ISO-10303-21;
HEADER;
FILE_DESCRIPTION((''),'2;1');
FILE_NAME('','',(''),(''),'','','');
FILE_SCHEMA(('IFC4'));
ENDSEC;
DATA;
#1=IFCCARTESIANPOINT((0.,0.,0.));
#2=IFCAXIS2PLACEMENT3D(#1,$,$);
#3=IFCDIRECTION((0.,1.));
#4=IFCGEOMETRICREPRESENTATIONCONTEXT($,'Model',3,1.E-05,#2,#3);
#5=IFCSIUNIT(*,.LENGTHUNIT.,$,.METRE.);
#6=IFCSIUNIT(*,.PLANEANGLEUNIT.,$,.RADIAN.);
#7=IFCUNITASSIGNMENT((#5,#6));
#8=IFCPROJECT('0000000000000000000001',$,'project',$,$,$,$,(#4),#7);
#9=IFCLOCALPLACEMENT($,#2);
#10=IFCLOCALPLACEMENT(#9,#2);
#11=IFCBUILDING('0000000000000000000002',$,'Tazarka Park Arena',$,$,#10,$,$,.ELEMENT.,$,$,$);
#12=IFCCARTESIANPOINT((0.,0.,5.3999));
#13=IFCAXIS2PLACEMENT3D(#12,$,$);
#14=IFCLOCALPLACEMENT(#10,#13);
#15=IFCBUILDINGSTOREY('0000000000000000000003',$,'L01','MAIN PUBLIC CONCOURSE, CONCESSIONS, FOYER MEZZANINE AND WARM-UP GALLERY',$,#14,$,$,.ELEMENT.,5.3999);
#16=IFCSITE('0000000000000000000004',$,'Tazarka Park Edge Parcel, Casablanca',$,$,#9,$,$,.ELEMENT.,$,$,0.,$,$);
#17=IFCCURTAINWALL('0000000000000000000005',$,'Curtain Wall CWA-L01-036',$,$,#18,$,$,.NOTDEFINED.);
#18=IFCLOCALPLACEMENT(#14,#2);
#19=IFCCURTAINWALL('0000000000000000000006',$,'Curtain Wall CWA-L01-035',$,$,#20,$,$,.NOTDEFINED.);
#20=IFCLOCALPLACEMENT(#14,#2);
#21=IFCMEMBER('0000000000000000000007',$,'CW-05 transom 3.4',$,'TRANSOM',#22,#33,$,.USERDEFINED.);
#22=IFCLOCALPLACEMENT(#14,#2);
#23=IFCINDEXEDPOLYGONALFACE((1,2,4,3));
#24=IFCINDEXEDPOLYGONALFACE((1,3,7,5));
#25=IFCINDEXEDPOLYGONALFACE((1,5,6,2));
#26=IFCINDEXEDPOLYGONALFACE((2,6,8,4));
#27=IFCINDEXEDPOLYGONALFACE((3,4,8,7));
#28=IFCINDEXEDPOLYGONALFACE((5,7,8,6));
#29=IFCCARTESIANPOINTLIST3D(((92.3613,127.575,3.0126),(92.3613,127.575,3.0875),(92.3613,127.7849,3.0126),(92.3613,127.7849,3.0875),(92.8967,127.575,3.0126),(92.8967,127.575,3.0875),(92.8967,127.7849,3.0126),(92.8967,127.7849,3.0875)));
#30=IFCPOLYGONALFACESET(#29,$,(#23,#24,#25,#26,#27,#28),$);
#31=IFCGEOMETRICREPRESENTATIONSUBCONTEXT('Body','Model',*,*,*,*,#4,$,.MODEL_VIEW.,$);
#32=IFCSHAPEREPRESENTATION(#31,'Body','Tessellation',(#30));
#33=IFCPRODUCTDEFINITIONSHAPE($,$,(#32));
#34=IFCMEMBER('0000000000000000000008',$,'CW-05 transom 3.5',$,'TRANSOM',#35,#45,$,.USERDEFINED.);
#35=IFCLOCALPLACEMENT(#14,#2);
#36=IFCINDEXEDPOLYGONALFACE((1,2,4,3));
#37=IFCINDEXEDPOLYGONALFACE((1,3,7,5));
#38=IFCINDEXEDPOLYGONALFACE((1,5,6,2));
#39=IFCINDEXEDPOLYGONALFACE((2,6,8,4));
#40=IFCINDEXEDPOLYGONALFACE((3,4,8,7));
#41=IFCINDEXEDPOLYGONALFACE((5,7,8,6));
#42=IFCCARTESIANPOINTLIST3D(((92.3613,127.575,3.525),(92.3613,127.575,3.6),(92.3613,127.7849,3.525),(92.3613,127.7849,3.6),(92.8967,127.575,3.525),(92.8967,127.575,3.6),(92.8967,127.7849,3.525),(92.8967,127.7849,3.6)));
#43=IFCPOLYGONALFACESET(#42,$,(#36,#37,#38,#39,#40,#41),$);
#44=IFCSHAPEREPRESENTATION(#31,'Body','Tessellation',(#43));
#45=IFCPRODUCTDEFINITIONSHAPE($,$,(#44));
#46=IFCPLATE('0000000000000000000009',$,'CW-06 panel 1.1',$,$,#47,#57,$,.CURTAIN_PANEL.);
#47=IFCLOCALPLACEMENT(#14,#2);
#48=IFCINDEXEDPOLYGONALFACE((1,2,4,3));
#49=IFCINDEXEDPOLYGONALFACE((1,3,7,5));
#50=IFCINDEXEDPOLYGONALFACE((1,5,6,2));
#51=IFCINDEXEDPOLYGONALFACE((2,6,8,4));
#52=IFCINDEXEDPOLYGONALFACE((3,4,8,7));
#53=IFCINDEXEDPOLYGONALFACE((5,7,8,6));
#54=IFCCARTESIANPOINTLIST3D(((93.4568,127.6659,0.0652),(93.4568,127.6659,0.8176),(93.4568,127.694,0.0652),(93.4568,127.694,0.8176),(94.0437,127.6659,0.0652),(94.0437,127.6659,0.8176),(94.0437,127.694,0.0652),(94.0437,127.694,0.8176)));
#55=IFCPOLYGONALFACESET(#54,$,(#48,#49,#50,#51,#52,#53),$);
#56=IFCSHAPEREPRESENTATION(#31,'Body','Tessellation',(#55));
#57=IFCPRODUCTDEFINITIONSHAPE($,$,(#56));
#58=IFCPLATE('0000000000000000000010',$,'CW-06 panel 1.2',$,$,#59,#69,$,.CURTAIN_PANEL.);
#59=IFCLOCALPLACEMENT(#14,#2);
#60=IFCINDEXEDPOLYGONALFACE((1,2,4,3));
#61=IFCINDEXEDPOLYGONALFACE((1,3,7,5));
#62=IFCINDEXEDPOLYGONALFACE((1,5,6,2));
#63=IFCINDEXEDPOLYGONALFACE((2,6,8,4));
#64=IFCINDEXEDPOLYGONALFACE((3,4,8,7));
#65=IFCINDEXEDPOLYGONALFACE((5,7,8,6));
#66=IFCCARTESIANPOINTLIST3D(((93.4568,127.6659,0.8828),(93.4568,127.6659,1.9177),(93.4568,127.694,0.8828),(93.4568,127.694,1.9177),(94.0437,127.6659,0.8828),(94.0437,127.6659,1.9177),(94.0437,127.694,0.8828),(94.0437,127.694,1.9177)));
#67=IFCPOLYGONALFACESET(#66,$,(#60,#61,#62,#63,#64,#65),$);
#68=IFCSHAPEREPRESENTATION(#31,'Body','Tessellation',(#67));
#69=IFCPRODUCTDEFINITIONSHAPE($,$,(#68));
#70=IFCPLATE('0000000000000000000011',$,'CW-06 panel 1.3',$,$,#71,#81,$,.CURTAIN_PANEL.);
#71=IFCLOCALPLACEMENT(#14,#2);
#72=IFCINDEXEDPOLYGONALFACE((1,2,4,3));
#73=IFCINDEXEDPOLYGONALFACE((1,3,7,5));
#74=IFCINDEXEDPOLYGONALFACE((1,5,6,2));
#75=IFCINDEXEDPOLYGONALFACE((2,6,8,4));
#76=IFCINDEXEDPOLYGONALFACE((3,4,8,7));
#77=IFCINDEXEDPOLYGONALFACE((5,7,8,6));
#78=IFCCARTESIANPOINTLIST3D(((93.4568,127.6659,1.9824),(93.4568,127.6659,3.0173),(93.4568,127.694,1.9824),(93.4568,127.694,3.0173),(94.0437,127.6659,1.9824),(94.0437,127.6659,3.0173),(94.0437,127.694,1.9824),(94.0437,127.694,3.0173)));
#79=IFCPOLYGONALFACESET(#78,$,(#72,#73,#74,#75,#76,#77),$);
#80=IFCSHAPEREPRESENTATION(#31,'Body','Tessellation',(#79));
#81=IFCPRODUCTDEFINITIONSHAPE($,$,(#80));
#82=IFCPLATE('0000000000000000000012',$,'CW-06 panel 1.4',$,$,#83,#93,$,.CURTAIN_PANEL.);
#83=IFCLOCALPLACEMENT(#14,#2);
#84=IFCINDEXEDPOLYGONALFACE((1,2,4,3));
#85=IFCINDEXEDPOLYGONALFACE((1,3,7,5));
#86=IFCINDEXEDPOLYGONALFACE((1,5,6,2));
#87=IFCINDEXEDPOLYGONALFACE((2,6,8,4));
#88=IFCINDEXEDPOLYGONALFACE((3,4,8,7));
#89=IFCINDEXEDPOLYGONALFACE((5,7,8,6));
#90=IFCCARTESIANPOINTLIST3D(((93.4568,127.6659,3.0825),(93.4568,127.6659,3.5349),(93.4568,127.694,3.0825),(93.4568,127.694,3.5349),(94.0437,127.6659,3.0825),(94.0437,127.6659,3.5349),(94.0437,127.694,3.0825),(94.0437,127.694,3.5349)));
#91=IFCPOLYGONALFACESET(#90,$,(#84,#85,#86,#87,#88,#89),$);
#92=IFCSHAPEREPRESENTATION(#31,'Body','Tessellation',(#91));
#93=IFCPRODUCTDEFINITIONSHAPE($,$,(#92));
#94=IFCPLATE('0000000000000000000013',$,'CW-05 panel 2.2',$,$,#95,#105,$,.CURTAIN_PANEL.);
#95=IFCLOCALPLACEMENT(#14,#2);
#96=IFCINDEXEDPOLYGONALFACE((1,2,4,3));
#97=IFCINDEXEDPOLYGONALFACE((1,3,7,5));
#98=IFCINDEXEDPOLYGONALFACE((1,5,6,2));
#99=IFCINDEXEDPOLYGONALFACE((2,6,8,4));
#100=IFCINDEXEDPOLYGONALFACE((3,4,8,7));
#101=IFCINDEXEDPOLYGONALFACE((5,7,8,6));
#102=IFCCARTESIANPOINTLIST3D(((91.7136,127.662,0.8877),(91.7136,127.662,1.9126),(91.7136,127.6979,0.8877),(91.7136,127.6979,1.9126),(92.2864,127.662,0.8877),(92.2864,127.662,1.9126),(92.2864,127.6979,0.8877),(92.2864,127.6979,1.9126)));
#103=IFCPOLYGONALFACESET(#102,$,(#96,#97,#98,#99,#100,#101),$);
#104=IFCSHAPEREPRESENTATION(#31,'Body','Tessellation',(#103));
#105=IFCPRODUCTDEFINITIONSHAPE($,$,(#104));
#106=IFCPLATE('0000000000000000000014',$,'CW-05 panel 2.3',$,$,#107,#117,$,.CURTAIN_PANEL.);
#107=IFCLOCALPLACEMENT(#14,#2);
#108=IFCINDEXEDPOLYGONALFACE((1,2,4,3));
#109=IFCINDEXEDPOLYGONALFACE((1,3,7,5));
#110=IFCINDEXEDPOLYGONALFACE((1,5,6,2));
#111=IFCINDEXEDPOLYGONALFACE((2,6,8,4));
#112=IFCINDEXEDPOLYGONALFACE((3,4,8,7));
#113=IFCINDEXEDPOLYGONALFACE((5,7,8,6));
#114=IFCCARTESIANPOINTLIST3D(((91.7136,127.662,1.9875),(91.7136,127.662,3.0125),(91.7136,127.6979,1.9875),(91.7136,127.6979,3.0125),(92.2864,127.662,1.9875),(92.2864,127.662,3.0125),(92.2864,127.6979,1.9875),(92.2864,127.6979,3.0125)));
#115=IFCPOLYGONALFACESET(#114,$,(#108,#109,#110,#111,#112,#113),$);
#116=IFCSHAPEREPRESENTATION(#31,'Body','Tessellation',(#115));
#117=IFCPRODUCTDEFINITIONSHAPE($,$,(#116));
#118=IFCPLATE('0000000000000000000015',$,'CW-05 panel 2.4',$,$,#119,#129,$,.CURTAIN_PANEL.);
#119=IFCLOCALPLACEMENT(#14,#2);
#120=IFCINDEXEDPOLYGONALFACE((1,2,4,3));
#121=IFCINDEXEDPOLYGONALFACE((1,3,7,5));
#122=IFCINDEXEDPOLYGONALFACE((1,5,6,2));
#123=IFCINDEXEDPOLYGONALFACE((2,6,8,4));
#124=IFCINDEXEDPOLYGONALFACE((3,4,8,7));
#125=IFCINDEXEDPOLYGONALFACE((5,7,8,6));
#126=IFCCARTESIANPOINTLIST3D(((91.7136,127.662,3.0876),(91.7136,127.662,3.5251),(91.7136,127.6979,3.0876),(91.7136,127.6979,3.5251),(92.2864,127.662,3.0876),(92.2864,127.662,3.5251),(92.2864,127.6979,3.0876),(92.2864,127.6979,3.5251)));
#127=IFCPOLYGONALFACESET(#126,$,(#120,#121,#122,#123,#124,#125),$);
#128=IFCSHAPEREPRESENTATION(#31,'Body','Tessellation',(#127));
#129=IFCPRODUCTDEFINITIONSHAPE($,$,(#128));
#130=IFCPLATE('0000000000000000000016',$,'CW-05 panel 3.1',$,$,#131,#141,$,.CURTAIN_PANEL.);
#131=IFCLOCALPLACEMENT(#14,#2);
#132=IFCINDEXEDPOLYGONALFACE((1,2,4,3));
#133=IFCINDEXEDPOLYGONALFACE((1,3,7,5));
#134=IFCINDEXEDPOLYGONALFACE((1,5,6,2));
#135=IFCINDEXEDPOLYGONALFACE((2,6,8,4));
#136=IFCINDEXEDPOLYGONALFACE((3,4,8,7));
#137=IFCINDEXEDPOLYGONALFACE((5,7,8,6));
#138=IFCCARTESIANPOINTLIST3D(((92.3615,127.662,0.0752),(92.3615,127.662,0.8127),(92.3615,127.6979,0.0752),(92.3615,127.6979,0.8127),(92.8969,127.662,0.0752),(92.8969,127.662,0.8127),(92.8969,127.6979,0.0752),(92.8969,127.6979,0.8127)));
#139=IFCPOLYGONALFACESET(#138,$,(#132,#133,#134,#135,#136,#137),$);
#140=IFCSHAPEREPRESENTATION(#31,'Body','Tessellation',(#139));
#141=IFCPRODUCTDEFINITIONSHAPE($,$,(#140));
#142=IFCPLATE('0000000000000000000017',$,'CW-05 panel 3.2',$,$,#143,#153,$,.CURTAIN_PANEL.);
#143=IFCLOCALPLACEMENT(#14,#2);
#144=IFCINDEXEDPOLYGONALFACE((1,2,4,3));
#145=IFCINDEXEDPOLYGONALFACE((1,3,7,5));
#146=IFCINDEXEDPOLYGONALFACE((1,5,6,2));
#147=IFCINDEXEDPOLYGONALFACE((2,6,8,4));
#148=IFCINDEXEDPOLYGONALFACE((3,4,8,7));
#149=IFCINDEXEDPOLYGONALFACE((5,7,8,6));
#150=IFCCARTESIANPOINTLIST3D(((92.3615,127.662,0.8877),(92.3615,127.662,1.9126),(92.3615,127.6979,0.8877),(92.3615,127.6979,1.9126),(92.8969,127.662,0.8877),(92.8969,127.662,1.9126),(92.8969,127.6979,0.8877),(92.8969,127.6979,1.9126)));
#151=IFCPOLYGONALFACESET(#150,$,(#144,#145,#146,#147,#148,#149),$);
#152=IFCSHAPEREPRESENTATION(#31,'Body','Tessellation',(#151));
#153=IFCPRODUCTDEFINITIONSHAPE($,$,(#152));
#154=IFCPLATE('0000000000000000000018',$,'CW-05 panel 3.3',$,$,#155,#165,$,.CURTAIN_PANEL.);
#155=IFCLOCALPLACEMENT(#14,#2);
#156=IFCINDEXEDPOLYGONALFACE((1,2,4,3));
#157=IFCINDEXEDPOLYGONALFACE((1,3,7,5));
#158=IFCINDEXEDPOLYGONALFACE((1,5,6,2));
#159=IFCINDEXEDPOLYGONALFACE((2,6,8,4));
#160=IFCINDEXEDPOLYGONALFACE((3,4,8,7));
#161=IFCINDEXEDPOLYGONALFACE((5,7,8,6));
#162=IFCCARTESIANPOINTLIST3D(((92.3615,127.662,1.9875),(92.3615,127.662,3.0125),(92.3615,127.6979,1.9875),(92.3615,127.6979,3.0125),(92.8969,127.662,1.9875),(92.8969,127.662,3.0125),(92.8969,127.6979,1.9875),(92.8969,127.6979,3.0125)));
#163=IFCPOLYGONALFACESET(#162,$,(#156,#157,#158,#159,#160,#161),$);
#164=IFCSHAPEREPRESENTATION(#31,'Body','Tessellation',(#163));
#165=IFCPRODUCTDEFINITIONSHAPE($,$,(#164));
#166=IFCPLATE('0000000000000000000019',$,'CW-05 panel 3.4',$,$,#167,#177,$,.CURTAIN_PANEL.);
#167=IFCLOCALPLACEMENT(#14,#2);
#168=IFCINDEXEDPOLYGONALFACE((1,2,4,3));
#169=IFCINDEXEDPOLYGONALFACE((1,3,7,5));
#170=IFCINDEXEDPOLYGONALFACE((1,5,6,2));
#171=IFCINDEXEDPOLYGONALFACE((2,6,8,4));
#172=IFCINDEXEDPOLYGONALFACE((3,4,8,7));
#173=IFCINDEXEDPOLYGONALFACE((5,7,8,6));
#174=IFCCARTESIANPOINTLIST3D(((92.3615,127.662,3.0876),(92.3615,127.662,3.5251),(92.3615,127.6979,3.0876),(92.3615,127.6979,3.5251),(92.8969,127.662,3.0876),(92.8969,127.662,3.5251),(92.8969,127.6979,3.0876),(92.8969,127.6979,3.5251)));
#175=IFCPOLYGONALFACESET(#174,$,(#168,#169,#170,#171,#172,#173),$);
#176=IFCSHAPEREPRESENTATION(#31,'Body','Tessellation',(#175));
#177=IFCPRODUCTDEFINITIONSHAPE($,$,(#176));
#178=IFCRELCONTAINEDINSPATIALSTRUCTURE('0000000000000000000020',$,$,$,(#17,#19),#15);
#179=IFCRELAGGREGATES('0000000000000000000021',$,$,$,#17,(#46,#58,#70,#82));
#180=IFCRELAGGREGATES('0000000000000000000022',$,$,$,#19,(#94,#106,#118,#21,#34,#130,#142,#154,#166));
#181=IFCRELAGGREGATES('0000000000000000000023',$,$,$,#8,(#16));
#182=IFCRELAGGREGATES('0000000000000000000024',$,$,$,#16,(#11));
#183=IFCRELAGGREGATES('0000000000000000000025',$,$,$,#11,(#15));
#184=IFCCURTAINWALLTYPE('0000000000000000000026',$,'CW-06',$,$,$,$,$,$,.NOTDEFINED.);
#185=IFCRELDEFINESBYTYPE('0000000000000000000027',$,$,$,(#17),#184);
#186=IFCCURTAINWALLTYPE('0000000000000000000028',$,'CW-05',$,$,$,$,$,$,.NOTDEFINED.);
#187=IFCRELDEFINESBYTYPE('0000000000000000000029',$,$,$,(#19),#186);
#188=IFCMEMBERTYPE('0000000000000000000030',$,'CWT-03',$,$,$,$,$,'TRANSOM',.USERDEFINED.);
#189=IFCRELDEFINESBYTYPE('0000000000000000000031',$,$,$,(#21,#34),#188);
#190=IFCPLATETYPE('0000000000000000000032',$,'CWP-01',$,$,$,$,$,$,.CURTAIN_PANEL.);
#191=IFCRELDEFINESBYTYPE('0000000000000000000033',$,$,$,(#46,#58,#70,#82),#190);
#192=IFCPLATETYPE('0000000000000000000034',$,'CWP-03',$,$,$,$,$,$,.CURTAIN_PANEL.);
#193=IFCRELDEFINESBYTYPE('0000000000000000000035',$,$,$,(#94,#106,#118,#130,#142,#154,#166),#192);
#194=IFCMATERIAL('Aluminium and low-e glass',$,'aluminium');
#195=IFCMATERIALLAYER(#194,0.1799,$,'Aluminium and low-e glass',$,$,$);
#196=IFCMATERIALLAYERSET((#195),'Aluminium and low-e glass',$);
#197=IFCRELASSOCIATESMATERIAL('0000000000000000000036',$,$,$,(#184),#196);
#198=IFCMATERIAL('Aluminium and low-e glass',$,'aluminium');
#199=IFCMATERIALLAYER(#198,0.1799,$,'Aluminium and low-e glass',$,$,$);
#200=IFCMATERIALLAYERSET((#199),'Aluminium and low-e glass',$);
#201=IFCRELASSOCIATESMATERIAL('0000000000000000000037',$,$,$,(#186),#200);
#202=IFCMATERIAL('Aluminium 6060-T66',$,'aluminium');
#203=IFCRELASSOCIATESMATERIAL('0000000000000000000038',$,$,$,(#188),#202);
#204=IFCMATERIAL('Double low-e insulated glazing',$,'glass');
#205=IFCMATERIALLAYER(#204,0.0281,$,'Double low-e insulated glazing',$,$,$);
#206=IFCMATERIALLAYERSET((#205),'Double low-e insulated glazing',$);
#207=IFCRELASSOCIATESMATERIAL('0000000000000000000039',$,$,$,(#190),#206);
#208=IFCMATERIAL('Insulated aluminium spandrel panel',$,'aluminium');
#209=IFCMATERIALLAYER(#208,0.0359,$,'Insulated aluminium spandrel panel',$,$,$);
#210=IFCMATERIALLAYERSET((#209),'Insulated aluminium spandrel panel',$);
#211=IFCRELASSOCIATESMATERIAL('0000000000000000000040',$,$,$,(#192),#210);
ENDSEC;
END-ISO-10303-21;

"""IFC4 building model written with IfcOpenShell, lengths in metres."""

from ifc_helpers import new_model, si_unit, direction, frame, origin, origin_2d, place, context, subcontext, project, spatial, rectangle, extrude, material, layer, layer_set, material_profile, profile_set, type_object, element, aggregate, save


model = new_model("IFC4")

# Units and contexts
model_context = context("Model", 3, precision=1e-05, world=origin(), true_north=direction((0.0, 1.0)))
body_context = subcontext(model_context, "Body", "Model", "MODEL_VIEW")
ifc_project = project(units=[si_unit("LENGTHUNIT", "METRE"), si_unit("PLANEANGLEUNIT", "RADIAN")], contexts=[model_context])

# Site, building, storey
site_placement = place(None, origin())
site = spatial("IfcSite", under=ifc_project, at=site_placement, Name="Tazarka Park Edge Parcel, Casablanca", CompositionType="ELEMENT", RefElevation=0.0)
building_placement = place(site_placement, origin())
building = spatial("IfcBuilding", under=site, at=building_placement, Name="Tazarka Park Arena", CompositionType="ELEMENT")
storey_placement = place(building_placement, frame((0.0, 0.0, 5.3999)))
storey = spatial("IfcBuildingStorey", under=building, at=storey_placement, Name="L01", Description="MAIN PUBLIC CONCOURSE, CONCESSIONS, FOYER MEZZANINE AND WARM-UP GALLERY", CompositionType="ELEMENT", Elevation=5.3999)

# Curtain walls
ifc_material_1 = material(Name="Aluminium and low-e glass", Category="aluminium")
ifc_layer_1 = layer(ifc_material_1, 0.1799, Name="Aluminium and low-e glass")
ifc_layer_set_1 = layer_set([ifc_layer_1], Name="Aluminium and low-e glass")
curtain_wall_type_1 = type_object("IfcCurtainWallType", Name="CW-06", PredefinedType="NOTDEFINED", material=ifc_layer_set_1)
curtain_wall_1_placement = place(storey_placement, origin())
curtain_wall_1 = element("IfcCurtainWall", 1, at=curtain_wall_1_placement, inside=storey, type_object=curtain_wall_type_1, Name="Curtain Wall CWA-L01-036", PredefinedType="NOTDEFINED")
ifc_material_2 = material(Name="Aluminium and low-e glass", Category="aluminium")
ifc_layer_2 = layer(ifc_material_2, 0.1799, Name="Aluminium and low-e glass")
ifc_layer_set_2 = layer_set([ifc_layer_2], Name="Aluminium and low-e glass")
curtain_wall_type_2 = type_object("IfcCurtainWallType", Name="CW-05", PredefinedType="NOTDEFINED", material=ifc_layer_set_2)
curtain_wall_2_placement = place(storey_placement, origin())
curtain_wall_2 = element("IfcCurtainWall", 2, at=curtain_wall_2_placement, inside=storey, type_object=curtain_wall_type_2, Name="Curtain Wall CWA-L01-035", PredefinedType="NOTDEFINED")

# Members
ifc_material_3 = material(Name="Aluminium 6060-T66", Category="aluminium")
ifc_material_profile_1 = material_profile(ifc_material_3, rectangle(XDim=0.21, YDim=0.075, at=origin_2d()), Name="Aluminium 6060-T66")
ifc_profile_set_1 = profile_set([ifc_material_profile_1], Name="Aluminium 6060-T66")
member_type_1 = type_object("IfcMemberType", Name="CWT-03", ElementType="TRANSOM", PredefinedType="USERDEFINED", material=ifc_profile_set_1)
member_1_placement = place(storey_placement, frame((92.3613, 127.6799, 3.05), z_axis=(1.0, 0.0, 0.0), x_axis=(0.0, 1.0, 0.0)))
member_1 = element("IfcMember", 3, at=member_1_placement, type_object=member_type_1, Name="CW-05 transom 3.4", ObjectType="TRANSOM", PredefinedType="USERDEFINED", context=body_context, shape_type="SweptSolid", body=[
    extrude(rectangle(XDim=0.21, YDim=0.075, at=origin_2d()), origin(), (0.0, 0.0, 1.0), 0.5354),
])
member_2_placement = place(storey_placement, frame((92.3613, 127.6799, 3.5625), z_axis=(1.0, 0.0, 0.0), x_axis=(0.0, 1.0, 0.0)))
member_2 = element("IfcMember", 4, at=member_2_placement, type_object=member_type_1, Name="CW-05 transom 3.5", ObjectType="TRANSOM", PredefinedType="USERDEFINED", context=body_context, shape_type="SweptSolid", body=[
    extrude(rectangle(XDim=0.21, YDim=0.075, at=origin_2d()), origin(), (0.0, 0.0, 1.0), 0.5354),
])

# Plates
ifc_material_4 = material(Name="Double low-e insulated glazing", Category="glass")
ifc_layer_3 = layer(ifc_material_4, 0.0281, Name="Double low-e insulated glazing")
ifc_layer_set_3 = layer_set([ifc_layer_3], Name="Double low-e insulated glazing")
plate_type_1 = type_object("IfcPlateType", Name="CWP-01", PredefinedType="CURTAIN_PANEL", material=ifc_layer_set_3)
plate_1_placement = place(storey_placement, frame((93.7502, 127.6799, 0.0652), z_axis=(0.0, 0.0, 1.0), x_axis=(1.0, 0.0, 0.0)))
plate_1 = element("IfcPlate", 5, at=plate_1_placement, type_object=plate_type_1, Name="CW-06 panel 1.1", PredefinedType="CURTAIN_PANEL", context=body_context, shape_type="SweptSolid", body=[
    extrude(rectangle(XDim=0.5869, YDim=0.0281, at=origin_2d()), origin(), (0.0, 0.0, 1.0), 0.7524),
])
plate_2_placement = place(storey_placement, frame((93.7502, 127.6799, 0.8828), z_axis=(0.0, 0.0, 1.0), x_axis=(1.0, 0.0, 0.0)))
plate_2 = element("IfcPlate", 6, at=plate_2_placement, type_object=plate_type_1, Name="CW-06 panel 1.2", PredefinedType="CURTAIN_PANEL", context=body_context, shape_type="SweptSolid", body=[
    extrude(rectangle(XDim=0.5869, YDim=0.0281, at=origin_2d()), origin(), (0.0, 0.0, 1.0), 1.0349),
])
plate_3_placement = place(storey_placement, frame((93.7502, 127.6799, 1.9824), z_axis=(0.0, 0.0, 1.0), x_axis=(1.0, 0.0, 0.0)))
plate_3 = element("IfcPlate", 7, at=plate_3_placement, type_object=plate_type_1, Name="CW-06 panel 1.3", PredefinedType="CURTAIN_PANEL", context=body_context, shape_type="SweptSolid", body=[
    extrude(rectangle(XDim=0.5869, YDim=0.0281, at=origin_2d()), origin(), (0.0, 0.0, 1.0), 1.0349),
])
plate_4_placement = place(storey_placement, frame((93.7502, 127.6799, 3.0825), z_axis=(0.0, 0.0, 1.0), x_axis=(1.0, 0.0, 0.0)))
plate_4 = element("IfcPlate", 8, at=plate_4_placement, type_object=plate_type_1, Name="CW-06 panel 1.4", PredefinedType="CURTAIN_PANEL", context=body_context, shape_type="SweptSolid", body=[
    extrude(rectangle(XDim=0.5869, YDim=0.0281, at=origin_2d()), origin(), (0.0, 0.0, 1.0), 0.4524),
])
aggregate(curtain_wall_1, [plate_1, plate_2, plate_3, plate_4])
ifc_material_5 = material(Name="Insulated aluminium spandrel panel", Category="aluminium")
ifc_layer_4 = layer(ifc_material_5, 0.0359, Name="Insulated aluminium spandrel panel")
ifc_layer_set_4 = layer_set([ifc_layer_4], Name="Insulated aluminium spandrel panel")
plate_type_2 = type_object("IfcPlateType", Name="CWP-03", PredefinedType="CURTAIN_PANEL", material=ifc_layer_set_4)
plate_5_placement = place(storey_placement, frame((92.0, 127.6799, 0.8877), z_axis=(0.0, 0.0, 1.0), x_axis=(1.0, 0.0, 0.0)))
plate_5 = element("IfcPlate", 9, at=plate_5_placement, type_object=plate_type_2, Name="CW-05 panel 2.2", PredefinedType="CURTAIN_PANEL", context=body_context, shape_type="SweptSolid", body=[
    extrude(rectangle(XDim=0.5728, YDim=0.0359, at=origin_2d()), origin(), (0.0, 0.0, 1.0), 1.0249),
])
plate_6_placement = place(storey_placement, frame((92.0, 127.6799, 1.9875), z_axis=(0.0, 0.0, 1.0), x_axis=(1.0, 0.0, 0.0)))
plate_6 = element("IfcPlate", 10, at=plate_6_placement, type_object=plate_type_2, Name="CW-05 panel 2.3", PredefinedType="CURTAIN_PANEL", context=body_context, shape_type="SweptSolid", body=[
    extrude(rectangle(XDim=0.5728, YDim=0.0359, at=origin_2d()), origin(), (0.0, 0.0, 1.0), 1.0249),
])
plate_7_placement = place(storey_placement, frame((92.0, 127.6799, 3.0876), z_axis=(0.0, 0.0, 1.0), x_axis=(1.0, 0.0, 0.0)))
plate_7 = element("IfcPlate", 11, at=plate_7_placement, type_object=plate_type_2, Name="CW-05 panel 2.4", PredefinedType="CURTAIN_PANEL", context=body_context, shape_type="SweptSolid", body=[
    extrude(rectangle(XDim=0.5728, YDim=0.0359, at=origin_2d()), origin(), (0.0, 0.0, 1.0), 0.4375),
])
plate_8_placement = place(storey_placement, frame((92.6292, 127.6799, 0.0752), z_axis=(0.0, 0.0, 1.0), x_axis=(1.0, 0.0, 0.0)))
plate_8 = element("IfcPlate", 12, at=plate_8_placement, type_object=plate_type_2, Name="CW-05 panel 3.1", PredefinedType="CURTAIN_PANEL", context=body_context, shape_type="SweptSolid", body=[
    extrude(rectangle(XDim=0.5354, YDim=0.0359, at=origin_2d()), origin(), (0.0, 0.0, 1.0), 0.7375),
])
plate_9_placement = place(storey_placement, frame((92.6292, 127.6799, 0.8877), z_axis=(0.0, 0.0, 1.0), x_axis=(1.0, 0.0, 0.0)))
plate_9 = element("IfcPlate", 13, at=plate_9_placement, type_object=plate_type_2, Name="CW-05 panel 3.2", PredefinedType="CURTAIN_PANEL", context=body_context, shape_type="SweptSolid", body=[
    extrude(rectangle(XDim=0.5354, YDim=0.0359, at=origin_2d()), origin(), (0.0, 0.0, 1.0), 1.0249),
])
plate_10_placement = place(storey_placement, frame((92.6292, 127.6799, 1.9875), z_axis=(0.0, 0.0, 1.0), x_axis=(1.0, 0.0, 0.0)))
plate_10 = element("IfcPlate", 14, at=plate_10_placement, type_object=plate_type_2, Name="CW-05 panel 3.3", PredefinedType="CURTAIN_PANEL", context=body_context, shape_type="SweptSolid", body=[
    extrude(rectangle(XDim=0.5354, YDim=0.0359, at=origin_2d()), origin(), (0.0, 0.0, 1.0), 1.0249),
])
plate_11_placement = place(storey_placement, frame((92.6292, 127.6799, 3.0876), z_axis=(0.0, 0.0, 1.0), x_axis=(1.0, 0.0, 0.0)))
plate_11 = element("IfcPlate", 15, at=plate_11_placement, type_object=plate_type_2, Name="CW-05 panel 3.4", PredefinedType="CURTAIN_PANEL", context=body_context, shape_type="SweptSolid", body=[
    extrude(rectangle(XDim=0.5354, YDim=0.0359, at=origin_2d()), origin(), (0.0, 0.0, 1.0), 0.4375),
])
aggregate(curtain_wall_2, [plate_5, plate_6, plate_7, member_1, member_2, plate_8, plate_9, plate_10, plate_11])

save(model, "model.ifc")
